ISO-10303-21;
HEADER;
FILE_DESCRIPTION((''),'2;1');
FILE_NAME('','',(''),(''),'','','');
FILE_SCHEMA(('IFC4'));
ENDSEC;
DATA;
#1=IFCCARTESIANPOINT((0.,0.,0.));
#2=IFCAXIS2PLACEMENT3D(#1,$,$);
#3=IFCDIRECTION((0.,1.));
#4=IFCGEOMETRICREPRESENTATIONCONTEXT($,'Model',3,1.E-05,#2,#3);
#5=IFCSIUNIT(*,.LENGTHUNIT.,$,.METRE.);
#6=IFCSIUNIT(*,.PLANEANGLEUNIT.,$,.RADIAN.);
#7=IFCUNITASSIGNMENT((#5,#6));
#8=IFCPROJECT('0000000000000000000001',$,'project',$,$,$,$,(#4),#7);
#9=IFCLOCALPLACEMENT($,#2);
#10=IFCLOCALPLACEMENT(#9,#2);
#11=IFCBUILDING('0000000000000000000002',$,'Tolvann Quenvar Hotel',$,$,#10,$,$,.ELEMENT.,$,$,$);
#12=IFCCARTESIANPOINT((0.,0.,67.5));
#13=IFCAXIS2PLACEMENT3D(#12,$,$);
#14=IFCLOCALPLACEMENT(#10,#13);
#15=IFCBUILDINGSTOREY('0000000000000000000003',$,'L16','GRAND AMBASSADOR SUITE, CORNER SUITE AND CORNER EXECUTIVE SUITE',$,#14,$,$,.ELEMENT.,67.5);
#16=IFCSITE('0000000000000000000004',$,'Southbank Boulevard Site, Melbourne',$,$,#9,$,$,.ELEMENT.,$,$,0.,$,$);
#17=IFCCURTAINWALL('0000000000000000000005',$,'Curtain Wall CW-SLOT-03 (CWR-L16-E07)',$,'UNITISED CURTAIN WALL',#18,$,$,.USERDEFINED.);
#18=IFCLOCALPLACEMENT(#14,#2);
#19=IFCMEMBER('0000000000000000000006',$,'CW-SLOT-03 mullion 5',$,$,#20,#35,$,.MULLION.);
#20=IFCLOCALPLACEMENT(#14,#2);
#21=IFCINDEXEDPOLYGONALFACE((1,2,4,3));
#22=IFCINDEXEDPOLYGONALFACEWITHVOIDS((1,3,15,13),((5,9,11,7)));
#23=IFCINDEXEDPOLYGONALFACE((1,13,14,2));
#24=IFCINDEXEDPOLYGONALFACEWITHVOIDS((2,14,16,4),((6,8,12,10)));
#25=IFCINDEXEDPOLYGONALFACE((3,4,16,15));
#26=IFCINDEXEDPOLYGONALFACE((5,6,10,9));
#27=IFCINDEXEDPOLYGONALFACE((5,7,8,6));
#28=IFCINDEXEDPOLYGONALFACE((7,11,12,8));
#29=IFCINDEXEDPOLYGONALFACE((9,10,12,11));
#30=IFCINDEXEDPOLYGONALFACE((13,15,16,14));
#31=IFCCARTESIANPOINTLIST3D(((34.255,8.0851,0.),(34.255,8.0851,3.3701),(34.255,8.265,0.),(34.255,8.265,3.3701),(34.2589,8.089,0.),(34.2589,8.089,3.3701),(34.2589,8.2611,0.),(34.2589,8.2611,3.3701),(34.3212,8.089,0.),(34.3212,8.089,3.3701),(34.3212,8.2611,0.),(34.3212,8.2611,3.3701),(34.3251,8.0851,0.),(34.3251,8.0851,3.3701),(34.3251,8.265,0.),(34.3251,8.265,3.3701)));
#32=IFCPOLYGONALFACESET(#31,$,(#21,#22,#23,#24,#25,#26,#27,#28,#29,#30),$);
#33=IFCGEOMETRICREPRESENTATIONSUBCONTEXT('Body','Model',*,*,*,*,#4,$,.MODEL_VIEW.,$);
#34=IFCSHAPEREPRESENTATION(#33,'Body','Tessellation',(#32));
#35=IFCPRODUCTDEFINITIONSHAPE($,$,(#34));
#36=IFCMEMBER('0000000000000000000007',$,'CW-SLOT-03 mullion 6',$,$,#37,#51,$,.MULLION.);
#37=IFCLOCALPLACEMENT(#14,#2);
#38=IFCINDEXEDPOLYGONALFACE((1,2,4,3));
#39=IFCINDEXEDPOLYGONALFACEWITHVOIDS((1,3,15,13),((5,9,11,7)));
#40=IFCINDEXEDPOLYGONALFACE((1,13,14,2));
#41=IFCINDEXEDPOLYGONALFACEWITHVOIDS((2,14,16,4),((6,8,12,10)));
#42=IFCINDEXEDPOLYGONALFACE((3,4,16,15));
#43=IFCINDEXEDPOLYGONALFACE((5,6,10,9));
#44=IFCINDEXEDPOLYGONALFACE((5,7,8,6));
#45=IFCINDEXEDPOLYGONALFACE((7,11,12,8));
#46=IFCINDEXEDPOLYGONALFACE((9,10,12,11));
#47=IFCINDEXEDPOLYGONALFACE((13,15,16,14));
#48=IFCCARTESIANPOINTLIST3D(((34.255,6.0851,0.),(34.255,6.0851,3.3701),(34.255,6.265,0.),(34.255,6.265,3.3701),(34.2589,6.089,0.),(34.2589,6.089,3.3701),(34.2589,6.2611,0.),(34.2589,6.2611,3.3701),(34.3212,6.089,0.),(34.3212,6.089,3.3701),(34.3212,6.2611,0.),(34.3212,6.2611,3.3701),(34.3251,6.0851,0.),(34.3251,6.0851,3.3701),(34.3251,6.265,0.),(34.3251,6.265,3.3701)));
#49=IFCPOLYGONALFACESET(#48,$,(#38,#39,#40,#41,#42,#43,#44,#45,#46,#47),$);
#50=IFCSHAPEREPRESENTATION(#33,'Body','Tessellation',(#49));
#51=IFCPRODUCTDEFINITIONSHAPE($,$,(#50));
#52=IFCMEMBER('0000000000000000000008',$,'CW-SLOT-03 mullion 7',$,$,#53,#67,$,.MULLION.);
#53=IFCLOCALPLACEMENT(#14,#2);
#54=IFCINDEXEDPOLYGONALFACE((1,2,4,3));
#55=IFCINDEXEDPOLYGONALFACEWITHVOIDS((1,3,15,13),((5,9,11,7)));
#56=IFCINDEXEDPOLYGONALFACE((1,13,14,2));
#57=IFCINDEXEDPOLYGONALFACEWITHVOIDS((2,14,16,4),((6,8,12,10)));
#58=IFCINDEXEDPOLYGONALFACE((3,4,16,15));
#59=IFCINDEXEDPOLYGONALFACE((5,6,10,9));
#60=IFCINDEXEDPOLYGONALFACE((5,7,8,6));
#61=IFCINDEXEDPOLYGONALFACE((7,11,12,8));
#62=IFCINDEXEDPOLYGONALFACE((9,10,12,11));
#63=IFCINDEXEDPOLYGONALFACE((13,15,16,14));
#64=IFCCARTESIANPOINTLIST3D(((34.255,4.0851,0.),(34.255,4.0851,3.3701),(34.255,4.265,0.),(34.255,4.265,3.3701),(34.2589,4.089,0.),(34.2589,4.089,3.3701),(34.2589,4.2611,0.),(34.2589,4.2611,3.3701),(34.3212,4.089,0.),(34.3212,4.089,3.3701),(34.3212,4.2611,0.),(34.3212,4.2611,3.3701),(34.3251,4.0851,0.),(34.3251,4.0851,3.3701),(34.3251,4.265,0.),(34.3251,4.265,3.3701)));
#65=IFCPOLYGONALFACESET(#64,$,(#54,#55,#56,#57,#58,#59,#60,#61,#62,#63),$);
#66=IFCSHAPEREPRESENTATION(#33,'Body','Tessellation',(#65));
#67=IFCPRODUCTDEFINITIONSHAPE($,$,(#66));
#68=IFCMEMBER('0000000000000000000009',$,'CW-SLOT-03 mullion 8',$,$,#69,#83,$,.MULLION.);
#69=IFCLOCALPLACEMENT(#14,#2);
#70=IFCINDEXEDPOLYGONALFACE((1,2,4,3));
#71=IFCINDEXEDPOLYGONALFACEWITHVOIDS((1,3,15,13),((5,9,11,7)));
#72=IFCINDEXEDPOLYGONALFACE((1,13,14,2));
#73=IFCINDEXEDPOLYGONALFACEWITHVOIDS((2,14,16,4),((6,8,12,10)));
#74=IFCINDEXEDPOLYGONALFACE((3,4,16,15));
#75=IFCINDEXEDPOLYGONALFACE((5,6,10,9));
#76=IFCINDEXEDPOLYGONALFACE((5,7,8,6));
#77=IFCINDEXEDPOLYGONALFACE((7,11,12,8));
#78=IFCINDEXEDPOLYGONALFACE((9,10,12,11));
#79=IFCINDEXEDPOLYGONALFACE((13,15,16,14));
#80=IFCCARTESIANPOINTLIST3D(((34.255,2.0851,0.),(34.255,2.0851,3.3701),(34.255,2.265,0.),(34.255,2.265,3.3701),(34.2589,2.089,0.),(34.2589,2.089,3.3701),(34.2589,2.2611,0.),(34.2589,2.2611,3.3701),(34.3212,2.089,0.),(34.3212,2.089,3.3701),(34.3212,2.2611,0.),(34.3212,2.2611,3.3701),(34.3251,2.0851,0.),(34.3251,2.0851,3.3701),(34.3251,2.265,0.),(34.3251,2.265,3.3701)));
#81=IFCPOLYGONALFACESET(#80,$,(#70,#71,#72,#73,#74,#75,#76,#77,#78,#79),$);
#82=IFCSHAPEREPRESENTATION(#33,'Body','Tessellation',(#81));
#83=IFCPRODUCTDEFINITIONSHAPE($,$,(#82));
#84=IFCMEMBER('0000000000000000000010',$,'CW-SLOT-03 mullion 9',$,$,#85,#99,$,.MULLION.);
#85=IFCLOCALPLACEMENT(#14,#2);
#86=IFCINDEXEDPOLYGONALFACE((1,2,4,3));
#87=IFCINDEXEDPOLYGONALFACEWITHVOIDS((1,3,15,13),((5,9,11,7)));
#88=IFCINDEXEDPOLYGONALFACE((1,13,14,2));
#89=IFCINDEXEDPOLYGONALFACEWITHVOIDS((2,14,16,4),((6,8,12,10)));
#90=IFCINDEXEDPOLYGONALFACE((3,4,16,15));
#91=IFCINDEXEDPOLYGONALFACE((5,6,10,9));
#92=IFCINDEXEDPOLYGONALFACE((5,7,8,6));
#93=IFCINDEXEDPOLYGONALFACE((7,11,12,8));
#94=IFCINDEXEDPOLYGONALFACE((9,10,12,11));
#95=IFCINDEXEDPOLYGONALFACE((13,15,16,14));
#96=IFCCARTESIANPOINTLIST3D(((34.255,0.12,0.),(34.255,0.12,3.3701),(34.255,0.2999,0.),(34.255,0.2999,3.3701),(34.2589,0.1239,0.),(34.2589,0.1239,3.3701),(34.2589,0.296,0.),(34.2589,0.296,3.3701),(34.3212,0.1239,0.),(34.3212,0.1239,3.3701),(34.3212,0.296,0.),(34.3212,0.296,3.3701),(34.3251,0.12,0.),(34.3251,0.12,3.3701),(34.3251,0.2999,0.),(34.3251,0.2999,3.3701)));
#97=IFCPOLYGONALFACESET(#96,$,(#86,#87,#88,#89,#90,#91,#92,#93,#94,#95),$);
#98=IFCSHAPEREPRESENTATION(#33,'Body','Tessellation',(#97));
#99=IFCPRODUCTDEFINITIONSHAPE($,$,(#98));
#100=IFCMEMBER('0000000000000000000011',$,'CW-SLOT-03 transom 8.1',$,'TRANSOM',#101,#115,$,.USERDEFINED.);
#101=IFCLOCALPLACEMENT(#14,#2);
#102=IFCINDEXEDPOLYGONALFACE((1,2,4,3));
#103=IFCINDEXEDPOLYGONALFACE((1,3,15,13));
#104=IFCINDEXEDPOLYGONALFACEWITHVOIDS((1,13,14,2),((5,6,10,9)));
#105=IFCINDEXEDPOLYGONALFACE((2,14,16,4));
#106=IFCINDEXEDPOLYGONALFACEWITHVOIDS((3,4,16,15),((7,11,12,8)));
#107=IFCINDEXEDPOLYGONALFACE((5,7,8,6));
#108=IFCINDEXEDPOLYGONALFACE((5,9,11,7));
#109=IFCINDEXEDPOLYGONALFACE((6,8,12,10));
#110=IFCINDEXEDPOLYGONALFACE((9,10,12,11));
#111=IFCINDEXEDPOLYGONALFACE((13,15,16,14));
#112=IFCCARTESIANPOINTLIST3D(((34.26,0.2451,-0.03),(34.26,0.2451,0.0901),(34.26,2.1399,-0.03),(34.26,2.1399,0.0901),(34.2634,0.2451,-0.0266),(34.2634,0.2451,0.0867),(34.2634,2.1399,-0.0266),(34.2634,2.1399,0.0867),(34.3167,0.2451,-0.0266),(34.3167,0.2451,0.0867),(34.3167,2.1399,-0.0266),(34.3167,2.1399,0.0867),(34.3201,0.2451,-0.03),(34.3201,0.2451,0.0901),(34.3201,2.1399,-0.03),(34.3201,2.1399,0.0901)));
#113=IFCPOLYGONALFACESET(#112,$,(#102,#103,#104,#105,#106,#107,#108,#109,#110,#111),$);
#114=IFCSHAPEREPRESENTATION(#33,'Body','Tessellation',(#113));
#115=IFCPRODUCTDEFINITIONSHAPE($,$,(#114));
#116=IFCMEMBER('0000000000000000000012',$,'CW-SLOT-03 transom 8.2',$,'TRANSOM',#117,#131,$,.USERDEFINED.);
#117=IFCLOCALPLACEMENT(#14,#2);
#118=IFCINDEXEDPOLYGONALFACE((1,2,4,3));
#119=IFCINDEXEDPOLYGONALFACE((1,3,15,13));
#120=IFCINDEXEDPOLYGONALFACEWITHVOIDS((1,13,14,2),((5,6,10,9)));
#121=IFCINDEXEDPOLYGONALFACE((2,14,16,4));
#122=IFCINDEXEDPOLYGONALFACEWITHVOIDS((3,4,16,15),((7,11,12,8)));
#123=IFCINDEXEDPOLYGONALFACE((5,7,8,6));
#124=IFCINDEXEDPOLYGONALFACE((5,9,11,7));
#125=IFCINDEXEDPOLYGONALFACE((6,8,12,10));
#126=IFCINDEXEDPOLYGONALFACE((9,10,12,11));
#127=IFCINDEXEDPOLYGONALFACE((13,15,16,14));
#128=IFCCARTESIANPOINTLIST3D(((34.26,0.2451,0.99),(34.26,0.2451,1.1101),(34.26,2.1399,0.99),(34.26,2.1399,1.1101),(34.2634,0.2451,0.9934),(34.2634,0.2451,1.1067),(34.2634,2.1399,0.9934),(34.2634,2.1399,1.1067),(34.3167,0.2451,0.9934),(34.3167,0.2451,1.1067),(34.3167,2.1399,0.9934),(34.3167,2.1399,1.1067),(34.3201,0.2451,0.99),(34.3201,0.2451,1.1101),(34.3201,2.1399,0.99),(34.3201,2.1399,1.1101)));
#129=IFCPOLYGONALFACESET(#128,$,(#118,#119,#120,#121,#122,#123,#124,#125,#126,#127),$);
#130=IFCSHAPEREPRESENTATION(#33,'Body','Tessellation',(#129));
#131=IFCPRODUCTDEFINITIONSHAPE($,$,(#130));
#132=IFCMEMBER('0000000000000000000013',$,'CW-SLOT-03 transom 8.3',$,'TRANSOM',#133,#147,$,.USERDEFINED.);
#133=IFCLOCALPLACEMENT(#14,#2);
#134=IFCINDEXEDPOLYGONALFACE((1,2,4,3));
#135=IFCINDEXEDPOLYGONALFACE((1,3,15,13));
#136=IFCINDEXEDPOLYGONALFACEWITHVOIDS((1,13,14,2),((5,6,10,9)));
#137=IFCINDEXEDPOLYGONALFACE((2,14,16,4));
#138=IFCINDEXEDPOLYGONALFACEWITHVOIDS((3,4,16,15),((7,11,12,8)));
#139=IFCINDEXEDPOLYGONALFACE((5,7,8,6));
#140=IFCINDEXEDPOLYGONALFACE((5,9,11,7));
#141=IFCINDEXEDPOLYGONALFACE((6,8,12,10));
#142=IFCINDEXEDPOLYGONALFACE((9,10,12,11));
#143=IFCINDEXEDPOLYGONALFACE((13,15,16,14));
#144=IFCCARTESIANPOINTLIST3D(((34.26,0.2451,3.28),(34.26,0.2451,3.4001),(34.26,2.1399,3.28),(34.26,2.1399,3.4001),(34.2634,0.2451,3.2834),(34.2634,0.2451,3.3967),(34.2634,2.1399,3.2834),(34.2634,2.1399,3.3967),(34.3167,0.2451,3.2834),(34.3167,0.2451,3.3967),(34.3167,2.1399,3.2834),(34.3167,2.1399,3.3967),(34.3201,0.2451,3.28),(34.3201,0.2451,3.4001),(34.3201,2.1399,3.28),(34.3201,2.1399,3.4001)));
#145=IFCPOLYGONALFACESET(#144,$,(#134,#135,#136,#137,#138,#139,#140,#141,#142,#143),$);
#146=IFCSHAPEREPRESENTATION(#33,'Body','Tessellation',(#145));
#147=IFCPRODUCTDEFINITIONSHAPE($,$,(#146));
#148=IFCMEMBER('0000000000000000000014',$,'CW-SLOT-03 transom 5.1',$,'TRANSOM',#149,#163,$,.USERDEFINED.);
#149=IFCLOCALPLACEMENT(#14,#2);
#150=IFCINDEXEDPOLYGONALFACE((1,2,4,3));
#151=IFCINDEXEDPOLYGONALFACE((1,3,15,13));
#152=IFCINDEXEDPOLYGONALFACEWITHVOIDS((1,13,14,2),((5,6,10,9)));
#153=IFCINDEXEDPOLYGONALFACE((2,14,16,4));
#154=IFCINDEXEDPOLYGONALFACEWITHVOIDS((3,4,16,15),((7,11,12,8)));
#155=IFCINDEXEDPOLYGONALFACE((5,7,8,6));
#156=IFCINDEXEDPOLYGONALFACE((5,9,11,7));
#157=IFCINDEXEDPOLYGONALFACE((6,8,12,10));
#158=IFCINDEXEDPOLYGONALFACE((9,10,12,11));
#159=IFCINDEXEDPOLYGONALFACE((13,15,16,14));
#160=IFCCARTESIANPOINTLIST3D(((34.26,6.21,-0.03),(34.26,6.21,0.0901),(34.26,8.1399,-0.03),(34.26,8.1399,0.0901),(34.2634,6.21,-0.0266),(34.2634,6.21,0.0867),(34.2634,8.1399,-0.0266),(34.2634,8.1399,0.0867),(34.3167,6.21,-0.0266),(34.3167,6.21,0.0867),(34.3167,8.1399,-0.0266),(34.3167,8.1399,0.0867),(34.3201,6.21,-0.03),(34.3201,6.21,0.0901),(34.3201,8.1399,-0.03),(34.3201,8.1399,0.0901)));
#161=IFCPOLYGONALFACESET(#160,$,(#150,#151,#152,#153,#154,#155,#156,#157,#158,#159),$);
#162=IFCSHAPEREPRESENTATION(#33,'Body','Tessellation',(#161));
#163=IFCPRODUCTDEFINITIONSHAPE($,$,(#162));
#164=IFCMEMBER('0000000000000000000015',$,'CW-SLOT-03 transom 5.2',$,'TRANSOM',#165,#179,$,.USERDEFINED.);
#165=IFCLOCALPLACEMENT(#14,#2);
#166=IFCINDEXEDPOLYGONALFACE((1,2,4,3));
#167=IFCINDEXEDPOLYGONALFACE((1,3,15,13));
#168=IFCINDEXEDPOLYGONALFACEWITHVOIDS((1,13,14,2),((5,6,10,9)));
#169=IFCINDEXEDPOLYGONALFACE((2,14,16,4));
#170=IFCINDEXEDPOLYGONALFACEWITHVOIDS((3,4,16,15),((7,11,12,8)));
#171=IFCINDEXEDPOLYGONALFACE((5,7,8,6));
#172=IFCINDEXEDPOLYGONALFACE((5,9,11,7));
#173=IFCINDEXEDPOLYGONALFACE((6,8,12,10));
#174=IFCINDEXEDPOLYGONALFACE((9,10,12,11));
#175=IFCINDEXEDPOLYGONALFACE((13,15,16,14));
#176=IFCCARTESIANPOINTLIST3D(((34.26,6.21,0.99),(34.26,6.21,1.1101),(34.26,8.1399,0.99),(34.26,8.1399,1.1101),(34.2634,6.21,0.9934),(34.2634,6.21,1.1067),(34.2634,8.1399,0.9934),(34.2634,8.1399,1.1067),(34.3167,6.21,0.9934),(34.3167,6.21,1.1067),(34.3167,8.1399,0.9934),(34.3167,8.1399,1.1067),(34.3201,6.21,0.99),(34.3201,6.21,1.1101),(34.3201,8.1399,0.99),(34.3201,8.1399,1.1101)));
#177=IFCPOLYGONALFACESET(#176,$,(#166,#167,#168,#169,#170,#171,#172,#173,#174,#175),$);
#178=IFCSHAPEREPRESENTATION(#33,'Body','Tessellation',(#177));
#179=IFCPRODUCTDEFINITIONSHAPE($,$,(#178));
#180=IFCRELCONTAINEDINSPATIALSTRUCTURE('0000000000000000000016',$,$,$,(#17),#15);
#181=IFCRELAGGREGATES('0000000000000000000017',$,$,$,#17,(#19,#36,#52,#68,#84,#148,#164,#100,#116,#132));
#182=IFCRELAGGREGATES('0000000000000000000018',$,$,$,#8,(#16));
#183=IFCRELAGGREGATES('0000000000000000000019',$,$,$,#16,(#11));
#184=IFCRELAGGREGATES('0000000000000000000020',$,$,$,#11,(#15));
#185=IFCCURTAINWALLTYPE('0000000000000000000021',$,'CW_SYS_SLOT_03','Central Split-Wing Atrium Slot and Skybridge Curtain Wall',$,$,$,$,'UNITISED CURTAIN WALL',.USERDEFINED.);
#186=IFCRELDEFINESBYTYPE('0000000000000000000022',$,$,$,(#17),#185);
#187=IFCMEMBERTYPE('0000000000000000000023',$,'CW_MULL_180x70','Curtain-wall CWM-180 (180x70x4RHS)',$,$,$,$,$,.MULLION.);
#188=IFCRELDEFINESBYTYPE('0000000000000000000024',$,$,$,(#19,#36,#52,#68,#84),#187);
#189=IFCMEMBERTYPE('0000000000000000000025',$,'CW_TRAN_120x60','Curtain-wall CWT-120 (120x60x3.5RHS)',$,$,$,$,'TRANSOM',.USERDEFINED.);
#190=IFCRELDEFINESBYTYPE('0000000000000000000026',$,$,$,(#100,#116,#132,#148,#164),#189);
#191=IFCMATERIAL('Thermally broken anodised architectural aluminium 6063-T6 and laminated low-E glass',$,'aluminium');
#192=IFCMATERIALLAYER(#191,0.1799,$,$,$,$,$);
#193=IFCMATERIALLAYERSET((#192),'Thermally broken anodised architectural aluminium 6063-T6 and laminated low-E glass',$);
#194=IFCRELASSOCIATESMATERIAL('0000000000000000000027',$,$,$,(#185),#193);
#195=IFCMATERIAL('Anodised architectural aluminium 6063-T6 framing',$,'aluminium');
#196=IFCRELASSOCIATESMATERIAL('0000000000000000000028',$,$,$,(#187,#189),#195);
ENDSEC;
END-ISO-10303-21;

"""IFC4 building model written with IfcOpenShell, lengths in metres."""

from ifc_helpers import new_model, si_unit, direction, frame, origin, origin_2d, place, context, subcontext, project, spatial, hollow_rectangle, extrude, source, transform, mapped, material, layer, layer_set, material_profile, profile_set, type_object, type_shapes, element, aggregate, save


model = new_model("IFC4")

# Units and contexts
model_context = context("Model", 3, precision=1e-05, world=origin(), true_north=direction((0.0, 1.0)))
body_context = subcontext(model_context, "Body", "Model", "MODEL_VIEW")
ifc_project = project(units=[si_unit("LENGTHUNIT", "METRE"), si_unit("PLANEANGLEUNIT", "RADIAN")], contexts=[model_context])

# Site, building, storey
site_placement = place(None, origin())
site = spatial("IfcSite", under=ifc_project, at=site_placement, Name="Southbank Boulevard Site, Melbourne", CompositionType="ELEMENT", RefElevation=0.0)
building_placement = place(site_placement, origin())
building = spatial("IfcBuilding", under=site, at=building_placement, Name="Tolvann Quenvar Hotel", CompositionType="ELEMENT")
storey_placement = place(building_placement, frame((0.0, 0.0, 67.5)))
storey = spatial("IfcBuildingStorey", under=building, at=storey_placement, Name="L16", Description="GRAND AMBASSADOR SUITE, CORNER SUITE AND CORNER EXECUTIVE SUITE", CompositionType="ELEMENT", Elevation=67.5)

# Curtain wall, members
ifc_material_1 = material(Name="Thermally broken anodised architectural aluminium 6063-T6 and laminated low-E glass", Category="aluminium")
ifc_layer_1 = layer(ifc_material_1, 0.1799)
ifc_layer_set_1 = layer_set([ifc_layer_1], Name="Thermally broken anodised architectural aluminium 6063-T6 and laminated low-E glass")
curtain_wall_type = type_object("IfcCurtainWallType", Name="CW_SYS_SLOT_03", Description="Central Split-Wing Atrium Slot and Skybridge Curtain Wall", ElementType="UNITISED CURTAIN WALL", PredefinedType="USERDEFINED", material=ifc_layer_set_1)
curtain_wall_placement = place(storey_placement, origin())
curtain_wall = element("IfcCurtainWall", 1, at=curtain_wall_placement, inside=storey, type_object=curtain_wall_type, Name="Curtain Wall CW-SLOT-03 (CWR-L16-E07)", ObjectType="UNITISED CURTAIN WALL", PredefinedType="USERDEFINED")
ifc_material_2 = material(Name="Anodised architectural aluminium 6063-T6 framing", Category="aluminium")
ifc_material_profile_1 = material_profile(ifc_material_2, hollow_rectangle(XDim=0.0701, YDim=0.1799, WallThickness=0.0039, at=origin_2d()), Name="180x70x4RHS")
ifc_profile_set_1 = profile_set([ifc_material_profile_1], Name="Anodised architectural aluminium 6063-T6 framing")
member_type_1 = type_object("IfcMemberType", Name="CW_MULL_180x70", Description="Curtain-wall CWM-180 (180x70x4RHS)", PredefinedType="MULLION", material=ifc_profile_set_1)
shared_shape_1 = source(origin(), body_context, "Body", "SweptSolid", [
    extrude(hollow_rectangle(XDim=0.0701, YDim=0.1799, WallThickness=0.0039, at=origin_2d()), origin(), (0.0, 0.0, 1.0), 3.3701),
])
type_shapes(member_type_1, [shared_shape_1])
member_1_placement = place(storey_placement, frame((34.29, 8.175, 0.0), z_axis=(0.0, 0.0, 1.0), x_axis=(1.0, 0.0, 0.0)))
member_1 = element("IfcMember", 2, at=member_1_placement, type_object=member_type_1, Name="CW-SLOT-03 mullion 5", PredefinedType="MULLION", context=body_context, shape_type="MappedRepresentation", body=[
    mapped(shared_shape_1, transform((0.0, 0.0, 0.0), x_axis=(1.0, 0.0, 0.0), y_axis=(0.0, 1.0, 0.0), z_axis=(0.0, 0.0, 1.0), scale=1.0)),
])
member_2_placement = place(storey_placement, frame((34.29, 6.175, 0.0), z_axis=(0.0, 0.0, 1.0), x_axis=(1.0, 0.0, 0.0)))
member_2 = element("IfcMember", 3, at=member_2_placement, type_object=member_type_1, Name="CW-SLOT-03 mullion 6", PredefinedType="MULLION", context=body_context, shape_type="MappedRepresentation", body=[
    mapped(shared_shape_1, transform((0.0, 0.0, 0.0), x_axis=(1.0, 0.0, 0.0), y_axis=(0.0, 1.0, 0.0), z_axis=(0.0, 0.0, 1.0), scale=1.0)),
])
member_3_placement = place(storey_placement, frame((34.29, 4.175, 0.0), z_axis=(0.0, 0.0, 1.0), x_axis=(1.0, 0.0, 0.0)))
member_3 = element("IfcMember", 4, at=member_3_placement, type_object=member_type_1, Name="CW-SLOT-03 mullion 7", PredefinedType="MULLION", context=body_context, shape_type="MappedRepresentation", body=[
    mapped(shared_shape_1, transform((0.0, 0.0, 0.0), x_axis=(1.0, 0.0, 0.0), y_axis=(0.0, 1.0, 0.0), z_axis=(0.0, 0.0, 1.0), scale=1.0)),
])
member_4_placement = place(storey_placement, frame((34.29, 2.175, 0.0), z_axis=(0.0, 0.0, 1.0), x_axis=(1.0, 0.0, 0.0)))
member_4 = element("IfcMember", 5, at=member_4_placement, type_object=member_type_1, Name="CW-SLOT-03 mullion 8", PredefinedType="MULLION", context=body_context, shape_type="MappedRepresentation", body=[
    mapped(shared_shape_1, transform((0.0, 0.0, 0.0), x_axis=(1.0, 0.0, 0.0), y_axis=(0.0, 1.0, 0.0), z_axis=(0.0, 0.0, 1.0), scale=1.0)),
])
member_5_placement = place(storey_placement, frame((34.29, 0.21, 0.0), z_axis=(0.0, 0.0, 1.0), x_axis=(1.0, 0.0, 0.0)))
member_5 = element("IfcMember", 6, at=member_5_placement, type_object=member_type_1, Name="CW-SLOT-03 mullion 9", PredefinedType="MULLION", context=body_context, shape_type="MappedRepresentation", body=[
    mapped(shared_shape_1, transform((0.0, 0.0, 0.0), x_axis=(1.0, 0.0, 0.0), y_axis=(0.0, 1.0, 0.0), z_axis=(0.0, 0.0, 1.0), scale=1.0)),
])
ifc_material_profile_2 = material_profile(ifc_material_2, hollow_rectangle(XDim=0.0601, YDim=0.1201, WallThickness=0.0034, at=origin_2d()), Name="120x60x3.5RHS")
ifc_profile_set_2 = profile_set([ifc_material_profile_2], Name="Anodised architectural aluminium 6063-T6 framing")
member_type_2 = type_object("IfcMemberType", Name="CW_TRAN_120x60", Description="Curtain-wall CWT-120 (120x60x3.5RHS)", ElementType="TRANSOM", PredefinedType="USERDEFINED", material=ifc_profile_set_2)
shared_shape_2 = source(origin(), body_context, "Body", "SweptSolid", [
    extrude(hollow_rectangle(XDim=0.0601, YDim=0.1201, WallThickness=0.0034, at=origin_2d()), origin(), (0.0, 0.0, 1.0), 1.8948),
])
member_6_placement = place(storey_placement, frame((34.29, 2.1399, 0.03), z_axis=(0.0, -1.0, 0.0), x_axis=(1.0, 0.0, 0.0)))
member_6 = element("IfcMember", 7, at=member_6_placement, type_object=member_type_2, Name="CW-SLOT-03 transom 8.1", ObjectType="TRANSOM", PredefinedType="USERDEFINED", context=body_context, shape_type="MappedRepresentation", body=[
    mapped(shared_shape_2, transform((0.0, 0.0, 0.0), x_axis=(1.0, 0.0, 0.0), y_axis=(0.0, 1.0, 0.0), z_axis=(0.0, 0.0, 1.0), scale=1.0)),
])
member_7_placement = place(storey_placement, frame((34.29, 2.1399, 1.05), z_axis=(0.0, -1.0, 0.0), x_axis=(1.0, 0.0, 0.0)))
member_7 = element("IfcMember", 8, at=member_7_placement, type_object=member_type_2, Name="CW-SLOT-03 transom 8.2", ObjectType="TRANSOM", PredefinedType="USERDEFINED", context=body_context, shape_type="MappedRepresentation", body=[
    mapped(shared_shape_2, transform((0.0, 0.0, 0.0), x_axis=(1.0, 0.0, 0.0), y_axis=(0.0, 1.0, 0.0), z_axis=(0.0, 0.0, 1.0), scale=1.0)),
])
member_8_placement = place(storey_placement, frame((34.29, 2.1399, 3.3401), z_axis=(0.0, -1.0, 0.0), x_axis=(1.0, 0.0, 0.0)))
member_8 = element("IfcMember", 9, at=member_8_placement, type_object=member_type_2, Name="CW-SLOT-03 transom 8.3", ObjectType="TRANSOM", PredefinedType="USERDEFINED", context=body_context, shape_type="MappedRepresentation", body=[
    mapped(shared_shape_2, transform((0.0, 0.0, 0.0), x_axis=(1.0, 0.0, 0.0), y_axis=(0.0, 1.0, 0.0), z_axis=(0.0, 0.0, 1.0), scale=1.0)),
])
shared_shape_3 = source(origin(), body_context, "Body", "SweptSolid", [
    extrude(hollow_rectangle(XDim=0.0601, YDim=0.1201, WallThickness=0.0034, at=origin_2d()), origin(), (0.0, 0.0, 1.0), 1.9299),
])
type_shapes(member_type_2, [shared_shape_2, shared_shape_3])
member_9_placement = place(storey_placement, frame((34.29, 8.1399, 0.03), z_axis=(0.0, -1.0, 0.0), x_axis=(1.0, 0.0, 0.0)))
member_9 = element("IfcMember", 10, at=member_9_placement, type_object=member_type_2, Name="CW-SLOT-03 transom 5.1", ObjectType="TRANSOM", PredefinedType="USERDEFINED", context=body_context, shape_type="MappedRepresentation", body=[
    mapped(shared_shape_3, transform((0.0, 0.0, 0.0), x_axis=(1.0, 0.0, 0.0), y_axis=(0.0, 1.0, 0.0), z_axis=(0.0, 0.0, 1.0), scale=1.0)),
])
member_10_placement = place(storey_placement, frame((34.29, 8.1399, 1.05), z_axis=(0.0, -1.0, 0.0), x_axis=(1.0, 0.0, 0.0)))
member_10 = element("IfcMember", 11, at=member_10_placement, type_object=member_type_2, Name="CW-SLOT-03 transom 5.2", ObjectType="TRANSOM", PredefinedType="USERDEFINED", context=body_context, shape_type="MappedRepresentation", body=[
    mapped(shared_shape_3, transform((0.0, 0.0, 0.0), x_axis=(1.0, 0.0, 0.0), y_axis=(0.0, 1.0, 0.0), z_axis=(0.0, 0.0, 1.0), scale=1.0)),
])
aggregate(curtain_wall, [member_1, member_2, member_3, member_4, member_5, member_9, member_10, member_6, member_7, member_8])

save(model, "model.ifc")
